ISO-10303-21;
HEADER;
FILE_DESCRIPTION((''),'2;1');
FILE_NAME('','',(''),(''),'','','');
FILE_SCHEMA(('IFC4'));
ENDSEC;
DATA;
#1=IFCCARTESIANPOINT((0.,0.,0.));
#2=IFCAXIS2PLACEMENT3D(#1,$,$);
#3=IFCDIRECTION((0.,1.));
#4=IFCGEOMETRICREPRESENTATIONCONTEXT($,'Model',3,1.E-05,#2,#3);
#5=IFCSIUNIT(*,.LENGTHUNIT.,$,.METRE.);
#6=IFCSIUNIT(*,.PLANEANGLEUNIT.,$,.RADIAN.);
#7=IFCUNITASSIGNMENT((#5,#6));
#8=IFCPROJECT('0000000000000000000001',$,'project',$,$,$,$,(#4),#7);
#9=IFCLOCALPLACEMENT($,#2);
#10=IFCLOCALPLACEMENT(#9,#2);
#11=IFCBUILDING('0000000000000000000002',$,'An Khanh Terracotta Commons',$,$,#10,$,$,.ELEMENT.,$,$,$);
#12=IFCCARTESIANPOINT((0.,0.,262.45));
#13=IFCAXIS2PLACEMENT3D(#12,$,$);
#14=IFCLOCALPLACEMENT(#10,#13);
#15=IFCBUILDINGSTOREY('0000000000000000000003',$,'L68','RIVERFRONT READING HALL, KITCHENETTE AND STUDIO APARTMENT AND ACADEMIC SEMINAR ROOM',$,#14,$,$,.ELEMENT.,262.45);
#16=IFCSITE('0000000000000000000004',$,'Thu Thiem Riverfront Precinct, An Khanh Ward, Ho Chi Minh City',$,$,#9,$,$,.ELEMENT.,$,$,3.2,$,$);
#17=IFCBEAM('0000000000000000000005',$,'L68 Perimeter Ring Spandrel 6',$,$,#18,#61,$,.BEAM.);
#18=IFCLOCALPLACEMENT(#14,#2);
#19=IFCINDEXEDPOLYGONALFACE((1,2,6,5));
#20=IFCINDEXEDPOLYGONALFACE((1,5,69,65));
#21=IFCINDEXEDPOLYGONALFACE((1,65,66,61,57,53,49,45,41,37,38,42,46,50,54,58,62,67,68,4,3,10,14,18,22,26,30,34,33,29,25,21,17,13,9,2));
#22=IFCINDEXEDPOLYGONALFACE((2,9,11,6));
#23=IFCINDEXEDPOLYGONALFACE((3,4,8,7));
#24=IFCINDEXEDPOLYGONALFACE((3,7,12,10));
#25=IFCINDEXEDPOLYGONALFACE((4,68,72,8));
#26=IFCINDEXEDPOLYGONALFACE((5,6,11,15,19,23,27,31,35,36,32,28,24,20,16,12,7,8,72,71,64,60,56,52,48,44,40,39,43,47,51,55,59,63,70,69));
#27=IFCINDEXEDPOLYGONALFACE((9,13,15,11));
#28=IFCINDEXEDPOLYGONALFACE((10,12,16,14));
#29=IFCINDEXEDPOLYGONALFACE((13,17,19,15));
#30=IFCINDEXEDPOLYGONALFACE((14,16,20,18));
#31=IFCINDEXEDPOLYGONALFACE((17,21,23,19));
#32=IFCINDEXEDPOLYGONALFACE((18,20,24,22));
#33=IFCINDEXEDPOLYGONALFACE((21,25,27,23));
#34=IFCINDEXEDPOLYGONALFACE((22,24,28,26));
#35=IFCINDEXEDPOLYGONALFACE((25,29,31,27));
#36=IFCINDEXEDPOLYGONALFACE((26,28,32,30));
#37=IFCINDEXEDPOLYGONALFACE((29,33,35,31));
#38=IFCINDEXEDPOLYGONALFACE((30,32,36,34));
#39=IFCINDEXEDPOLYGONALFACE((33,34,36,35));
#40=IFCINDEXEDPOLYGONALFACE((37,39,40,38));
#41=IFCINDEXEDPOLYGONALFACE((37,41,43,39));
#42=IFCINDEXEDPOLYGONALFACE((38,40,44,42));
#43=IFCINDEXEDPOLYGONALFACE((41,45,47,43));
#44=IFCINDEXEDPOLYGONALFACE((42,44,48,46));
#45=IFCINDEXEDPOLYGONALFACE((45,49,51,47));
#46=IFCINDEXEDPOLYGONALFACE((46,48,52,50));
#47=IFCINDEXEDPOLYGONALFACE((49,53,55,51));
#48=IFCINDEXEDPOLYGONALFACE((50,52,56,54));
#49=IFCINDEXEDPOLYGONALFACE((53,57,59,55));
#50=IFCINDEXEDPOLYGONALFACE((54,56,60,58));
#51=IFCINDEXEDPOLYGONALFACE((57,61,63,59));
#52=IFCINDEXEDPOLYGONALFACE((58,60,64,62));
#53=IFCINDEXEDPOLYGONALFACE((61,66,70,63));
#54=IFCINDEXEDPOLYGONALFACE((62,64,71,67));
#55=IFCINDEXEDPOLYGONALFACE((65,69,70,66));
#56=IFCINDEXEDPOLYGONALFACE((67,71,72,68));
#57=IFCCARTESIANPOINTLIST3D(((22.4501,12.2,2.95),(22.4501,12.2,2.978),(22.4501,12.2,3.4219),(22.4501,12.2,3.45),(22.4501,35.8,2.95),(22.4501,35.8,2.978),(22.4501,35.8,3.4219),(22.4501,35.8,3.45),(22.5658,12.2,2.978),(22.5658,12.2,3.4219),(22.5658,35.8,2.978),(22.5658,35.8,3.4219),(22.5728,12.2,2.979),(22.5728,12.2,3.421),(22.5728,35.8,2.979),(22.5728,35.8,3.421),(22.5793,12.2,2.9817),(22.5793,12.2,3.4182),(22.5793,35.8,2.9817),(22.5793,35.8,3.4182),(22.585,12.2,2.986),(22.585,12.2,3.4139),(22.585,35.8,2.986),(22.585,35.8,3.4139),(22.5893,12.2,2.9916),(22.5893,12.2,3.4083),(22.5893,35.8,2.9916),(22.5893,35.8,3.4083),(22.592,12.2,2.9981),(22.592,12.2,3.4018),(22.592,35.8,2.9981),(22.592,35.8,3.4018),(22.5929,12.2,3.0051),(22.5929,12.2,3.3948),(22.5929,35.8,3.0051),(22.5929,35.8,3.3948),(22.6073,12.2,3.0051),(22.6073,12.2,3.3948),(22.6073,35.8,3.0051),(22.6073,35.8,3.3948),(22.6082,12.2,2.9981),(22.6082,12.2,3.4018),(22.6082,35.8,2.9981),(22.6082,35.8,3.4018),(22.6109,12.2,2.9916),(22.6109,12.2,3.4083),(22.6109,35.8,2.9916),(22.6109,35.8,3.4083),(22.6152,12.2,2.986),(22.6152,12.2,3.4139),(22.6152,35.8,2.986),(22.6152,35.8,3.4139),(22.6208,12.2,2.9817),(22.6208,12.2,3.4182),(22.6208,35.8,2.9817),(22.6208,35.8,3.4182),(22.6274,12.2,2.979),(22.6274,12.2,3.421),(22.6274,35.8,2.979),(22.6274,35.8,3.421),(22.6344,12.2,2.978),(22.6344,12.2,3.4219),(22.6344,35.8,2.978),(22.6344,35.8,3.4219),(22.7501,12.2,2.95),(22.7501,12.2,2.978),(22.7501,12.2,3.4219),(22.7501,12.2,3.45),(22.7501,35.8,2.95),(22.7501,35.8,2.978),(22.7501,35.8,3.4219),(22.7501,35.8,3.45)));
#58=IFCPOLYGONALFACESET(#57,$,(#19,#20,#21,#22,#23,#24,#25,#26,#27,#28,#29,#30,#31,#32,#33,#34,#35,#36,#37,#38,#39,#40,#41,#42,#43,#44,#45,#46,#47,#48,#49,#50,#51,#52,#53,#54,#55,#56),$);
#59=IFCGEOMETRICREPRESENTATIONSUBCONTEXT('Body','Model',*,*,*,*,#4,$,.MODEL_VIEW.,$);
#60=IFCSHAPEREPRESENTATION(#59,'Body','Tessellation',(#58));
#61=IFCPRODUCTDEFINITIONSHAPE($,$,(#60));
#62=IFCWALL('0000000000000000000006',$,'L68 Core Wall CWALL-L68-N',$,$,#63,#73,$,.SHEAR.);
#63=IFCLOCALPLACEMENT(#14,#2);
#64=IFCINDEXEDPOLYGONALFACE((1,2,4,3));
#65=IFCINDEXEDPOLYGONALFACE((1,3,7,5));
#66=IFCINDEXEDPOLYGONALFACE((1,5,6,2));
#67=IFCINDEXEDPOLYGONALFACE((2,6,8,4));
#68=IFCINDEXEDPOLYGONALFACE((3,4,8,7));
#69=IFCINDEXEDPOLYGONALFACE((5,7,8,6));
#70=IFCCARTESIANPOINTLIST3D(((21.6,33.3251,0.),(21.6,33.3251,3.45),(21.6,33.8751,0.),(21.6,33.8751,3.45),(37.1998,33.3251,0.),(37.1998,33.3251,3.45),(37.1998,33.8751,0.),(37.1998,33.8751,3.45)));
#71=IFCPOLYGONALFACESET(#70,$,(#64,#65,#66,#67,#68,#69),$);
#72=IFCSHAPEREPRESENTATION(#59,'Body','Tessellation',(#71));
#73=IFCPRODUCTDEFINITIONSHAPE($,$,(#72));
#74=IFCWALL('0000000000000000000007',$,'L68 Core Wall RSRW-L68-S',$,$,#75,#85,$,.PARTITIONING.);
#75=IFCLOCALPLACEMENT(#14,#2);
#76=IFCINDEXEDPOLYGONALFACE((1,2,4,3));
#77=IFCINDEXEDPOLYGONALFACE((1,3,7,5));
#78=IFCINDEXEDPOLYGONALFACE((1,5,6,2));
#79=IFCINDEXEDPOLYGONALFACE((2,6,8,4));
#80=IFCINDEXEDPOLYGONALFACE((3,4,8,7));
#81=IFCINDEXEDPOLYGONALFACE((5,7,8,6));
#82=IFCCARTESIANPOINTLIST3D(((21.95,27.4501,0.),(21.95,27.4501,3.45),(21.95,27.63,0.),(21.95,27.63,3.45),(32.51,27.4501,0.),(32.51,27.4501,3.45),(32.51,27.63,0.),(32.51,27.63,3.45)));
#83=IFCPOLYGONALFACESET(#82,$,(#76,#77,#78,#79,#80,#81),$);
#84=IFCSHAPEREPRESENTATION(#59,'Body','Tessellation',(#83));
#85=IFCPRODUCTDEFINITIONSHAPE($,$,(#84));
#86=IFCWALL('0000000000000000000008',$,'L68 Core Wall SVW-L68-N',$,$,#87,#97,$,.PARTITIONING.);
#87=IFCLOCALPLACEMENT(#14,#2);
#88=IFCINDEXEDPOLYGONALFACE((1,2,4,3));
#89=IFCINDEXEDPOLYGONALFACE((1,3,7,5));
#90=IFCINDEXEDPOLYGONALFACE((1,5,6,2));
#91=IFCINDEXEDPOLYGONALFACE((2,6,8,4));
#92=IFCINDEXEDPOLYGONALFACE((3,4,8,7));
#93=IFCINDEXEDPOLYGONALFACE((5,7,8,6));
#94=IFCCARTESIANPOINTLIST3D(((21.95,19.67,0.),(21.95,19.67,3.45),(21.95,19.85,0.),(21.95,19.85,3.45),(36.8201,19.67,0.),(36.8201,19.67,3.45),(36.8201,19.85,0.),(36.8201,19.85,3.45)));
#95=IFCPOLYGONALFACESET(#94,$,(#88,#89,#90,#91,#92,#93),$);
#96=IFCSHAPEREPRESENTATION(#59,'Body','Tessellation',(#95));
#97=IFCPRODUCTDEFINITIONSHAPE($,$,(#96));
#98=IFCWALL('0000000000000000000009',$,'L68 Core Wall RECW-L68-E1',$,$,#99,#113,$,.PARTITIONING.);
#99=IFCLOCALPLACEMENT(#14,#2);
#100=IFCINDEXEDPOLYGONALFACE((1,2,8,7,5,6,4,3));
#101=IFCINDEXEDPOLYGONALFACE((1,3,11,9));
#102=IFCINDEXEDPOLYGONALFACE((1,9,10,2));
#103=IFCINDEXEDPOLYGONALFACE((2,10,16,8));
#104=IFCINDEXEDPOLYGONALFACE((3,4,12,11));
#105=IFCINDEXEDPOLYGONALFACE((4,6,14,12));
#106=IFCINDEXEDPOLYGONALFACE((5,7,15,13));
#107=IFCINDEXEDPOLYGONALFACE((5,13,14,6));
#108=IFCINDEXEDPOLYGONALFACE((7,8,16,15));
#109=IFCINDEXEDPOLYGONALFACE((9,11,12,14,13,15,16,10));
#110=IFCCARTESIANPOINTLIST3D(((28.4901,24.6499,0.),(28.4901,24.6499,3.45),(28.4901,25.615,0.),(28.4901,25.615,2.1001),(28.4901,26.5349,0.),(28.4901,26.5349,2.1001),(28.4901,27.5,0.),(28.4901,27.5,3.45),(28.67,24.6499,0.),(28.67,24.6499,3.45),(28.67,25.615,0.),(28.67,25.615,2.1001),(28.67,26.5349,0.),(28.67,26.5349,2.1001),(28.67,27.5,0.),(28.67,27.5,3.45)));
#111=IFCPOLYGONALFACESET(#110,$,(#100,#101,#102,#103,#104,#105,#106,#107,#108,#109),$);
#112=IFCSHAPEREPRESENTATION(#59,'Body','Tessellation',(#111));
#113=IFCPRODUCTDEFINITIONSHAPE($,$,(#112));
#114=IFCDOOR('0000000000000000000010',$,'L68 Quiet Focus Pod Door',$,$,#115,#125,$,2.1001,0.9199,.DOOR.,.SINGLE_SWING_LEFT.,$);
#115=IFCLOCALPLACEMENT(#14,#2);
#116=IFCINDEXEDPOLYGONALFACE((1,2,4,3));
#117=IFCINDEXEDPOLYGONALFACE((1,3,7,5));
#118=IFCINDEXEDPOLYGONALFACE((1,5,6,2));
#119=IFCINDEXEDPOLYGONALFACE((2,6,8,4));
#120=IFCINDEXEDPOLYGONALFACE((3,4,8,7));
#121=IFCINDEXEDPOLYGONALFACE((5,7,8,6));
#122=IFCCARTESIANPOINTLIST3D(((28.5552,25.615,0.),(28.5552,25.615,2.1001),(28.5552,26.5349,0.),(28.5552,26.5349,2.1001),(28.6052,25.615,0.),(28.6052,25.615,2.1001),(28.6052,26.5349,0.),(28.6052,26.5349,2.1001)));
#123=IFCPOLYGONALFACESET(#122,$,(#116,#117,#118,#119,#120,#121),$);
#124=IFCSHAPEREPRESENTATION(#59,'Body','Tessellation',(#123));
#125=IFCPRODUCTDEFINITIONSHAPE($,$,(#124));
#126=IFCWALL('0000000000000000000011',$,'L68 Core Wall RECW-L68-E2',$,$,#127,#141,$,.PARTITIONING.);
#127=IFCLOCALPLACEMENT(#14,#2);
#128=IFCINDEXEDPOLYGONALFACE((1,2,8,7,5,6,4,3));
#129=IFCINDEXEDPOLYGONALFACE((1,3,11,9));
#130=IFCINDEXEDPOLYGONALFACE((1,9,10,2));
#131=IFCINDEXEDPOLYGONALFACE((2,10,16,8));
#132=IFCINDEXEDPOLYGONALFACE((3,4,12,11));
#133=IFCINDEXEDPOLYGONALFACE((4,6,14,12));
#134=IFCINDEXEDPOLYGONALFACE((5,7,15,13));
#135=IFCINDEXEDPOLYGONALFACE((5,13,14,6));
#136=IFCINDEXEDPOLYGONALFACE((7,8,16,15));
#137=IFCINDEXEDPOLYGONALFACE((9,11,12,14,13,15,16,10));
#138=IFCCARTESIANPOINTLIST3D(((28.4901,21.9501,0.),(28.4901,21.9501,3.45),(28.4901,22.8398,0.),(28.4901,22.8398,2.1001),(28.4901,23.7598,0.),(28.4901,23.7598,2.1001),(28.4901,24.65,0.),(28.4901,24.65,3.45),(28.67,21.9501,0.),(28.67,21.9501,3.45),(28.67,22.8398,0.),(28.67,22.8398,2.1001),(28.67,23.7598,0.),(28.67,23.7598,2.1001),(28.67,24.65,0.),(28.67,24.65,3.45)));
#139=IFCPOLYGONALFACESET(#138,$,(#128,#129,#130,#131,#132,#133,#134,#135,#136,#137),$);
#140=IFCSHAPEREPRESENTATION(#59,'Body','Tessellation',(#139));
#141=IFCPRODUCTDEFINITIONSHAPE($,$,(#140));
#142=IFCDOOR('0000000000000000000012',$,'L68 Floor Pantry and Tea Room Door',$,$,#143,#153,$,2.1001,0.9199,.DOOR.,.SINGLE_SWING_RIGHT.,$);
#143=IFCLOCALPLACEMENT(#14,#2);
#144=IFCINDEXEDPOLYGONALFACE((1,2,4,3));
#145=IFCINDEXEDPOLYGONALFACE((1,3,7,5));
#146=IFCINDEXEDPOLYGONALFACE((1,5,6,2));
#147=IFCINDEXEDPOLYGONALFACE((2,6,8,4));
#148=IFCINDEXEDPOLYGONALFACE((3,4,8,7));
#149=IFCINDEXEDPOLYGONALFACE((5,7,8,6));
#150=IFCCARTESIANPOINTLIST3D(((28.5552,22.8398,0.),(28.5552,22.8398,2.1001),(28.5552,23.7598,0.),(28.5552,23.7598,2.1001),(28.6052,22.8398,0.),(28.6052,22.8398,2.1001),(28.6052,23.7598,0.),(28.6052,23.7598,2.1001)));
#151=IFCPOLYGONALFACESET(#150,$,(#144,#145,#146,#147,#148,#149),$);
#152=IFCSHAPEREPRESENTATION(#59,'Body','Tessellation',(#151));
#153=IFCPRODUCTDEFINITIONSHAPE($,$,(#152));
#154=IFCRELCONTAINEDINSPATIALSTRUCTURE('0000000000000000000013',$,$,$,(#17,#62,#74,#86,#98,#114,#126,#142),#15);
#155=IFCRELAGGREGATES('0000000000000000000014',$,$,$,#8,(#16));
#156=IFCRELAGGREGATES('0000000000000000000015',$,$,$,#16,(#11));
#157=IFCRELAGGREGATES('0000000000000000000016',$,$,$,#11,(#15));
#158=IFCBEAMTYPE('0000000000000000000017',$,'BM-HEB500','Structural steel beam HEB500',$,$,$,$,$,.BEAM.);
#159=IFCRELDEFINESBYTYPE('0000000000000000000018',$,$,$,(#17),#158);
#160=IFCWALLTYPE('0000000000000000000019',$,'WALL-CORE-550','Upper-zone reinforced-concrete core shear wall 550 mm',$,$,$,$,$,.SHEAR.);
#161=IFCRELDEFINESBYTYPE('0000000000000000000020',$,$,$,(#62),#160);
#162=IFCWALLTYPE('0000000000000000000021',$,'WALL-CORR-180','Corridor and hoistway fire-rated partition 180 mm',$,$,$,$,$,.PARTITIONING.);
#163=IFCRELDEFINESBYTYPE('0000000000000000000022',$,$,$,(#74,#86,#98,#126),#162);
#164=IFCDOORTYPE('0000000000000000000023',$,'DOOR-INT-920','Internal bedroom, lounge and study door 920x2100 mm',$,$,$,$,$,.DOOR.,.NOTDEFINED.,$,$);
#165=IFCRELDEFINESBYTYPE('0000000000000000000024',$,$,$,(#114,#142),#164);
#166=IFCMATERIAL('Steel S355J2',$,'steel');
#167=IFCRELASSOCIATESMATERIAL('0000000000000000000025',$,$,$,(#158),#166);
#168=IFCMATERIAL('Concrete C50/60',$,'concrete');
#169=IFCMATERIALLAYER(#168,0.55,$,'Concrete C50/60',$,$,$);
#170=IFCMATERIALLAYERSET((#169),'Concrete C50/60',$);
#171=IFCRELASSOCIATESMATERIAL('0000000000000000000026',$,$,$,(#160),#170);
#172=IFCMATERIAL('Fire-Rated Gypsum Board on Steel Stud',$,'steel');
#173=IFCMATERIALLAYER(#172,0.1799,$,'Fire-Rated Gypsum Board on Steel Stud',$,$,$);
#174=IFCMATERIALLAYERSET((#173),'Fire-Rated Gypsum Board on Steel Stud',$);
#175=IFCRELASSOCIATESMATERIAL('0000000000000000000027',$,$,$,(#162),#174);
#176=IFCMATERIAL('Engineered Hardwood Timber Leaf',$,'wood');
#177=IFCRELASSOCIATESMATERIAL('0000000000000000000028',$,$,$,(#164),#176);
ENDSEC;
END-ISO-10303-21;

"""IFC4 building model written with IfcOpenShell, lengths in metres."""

from ifc_helpers import new_model, si_unit, direction, frame, frame_2d, origin, origin_2d, place, context, subcontext, project, spatial, rectangle, i_section, extrude, material, layer, layer_set, material_profile, profile_set, type_object, element, fill, save


model = new_model("IFC4")

# Units and contexts
model_context = context("Model", 3, precision=1e-05, world=origin(), true_north=direction((0.0, 1.0)))
body_context = subcontext(model_context, "Body", "Model", "MODEL_VIEW")
ifc_project = project(units=[si_unit("LENGTHUNIT", "METRE"), si_unit("PLANEANGLEUNIT", "RADIAN")], contexts=[model_context])

# Site, building, storey
site_placement = place(None, origin())
site = spatial("IfcSite", under=ifc_project, at=site_placement, Name="Thu Thiem Riverfront Precinct, An Khanh Ward, Ho Chi Minh City", CompositionType="ELEMENT", RefElevation=3.2)
building_placement = place(site_placement, origin())
building = spatial("IfcBuilding", under=site, at=building_placement, Name="An Khanh Terracotta Commons", CompositionType="ELEMENT")
storey_placement = place(building_placement, frame((0.0, 0.0, 262.45)))
storey = spatial("IfcBuildingStorey", under=building, at=storey_placement, Name="L68", Description="RIVERFRONT READING HALL, KITCHENETTE AND STUDIO APARTMENT AND ACADEMIC SEMINAR ROOM", CompositionType="ELEMENT", Elevation=262.45)

# Shared definitions
ifc_material_1 = material(Name="Concrete C50/60", Category="concrete")

# Beam
ifc_material_2 = material(Name="Steel S355J2", Category="steel")
ifc_material_profile_1 = material_profile(ifc_material_2, i_section(OverallWidth=0.3, OverallDepth=0.5, WebThickness=0.0144, FlangeThickness=0.0281, FilletRadius=0.0271, at=origin_2d()), Name="HEB500")
ifc_profile_set_1 = profile_set([ifc_material_profile_1], Name="Steel S355J2")
beam_type_1 = type_object("IfcBeamType", Name="BM-HEB500", Description="Structural steel beam HEB500", PredefinedType="BEAM", material=ifc_profile_set_1)
beam_1_placement = place(storey_placement, frame((22.6001, 35.8, 3.2), z_axis=(0.0, -1.0, 0.0), x_axis=(1.0, 0.0, 0.0)))
element("IfcBeam", 1, at=beam_1_placement, inside=storey, type_object=beam_type_1, Name="L68 Perimeter Ring Spandrel 6", PredefinedType="BEAM", context=body_context, shape_type="SweptSolid", body=[
    extrude(i_section(OverallWidth=0.3, OverallDepth=0.5, WebThickness=0.0144, FlangeThickness=0.0281, FilletRadius=0.0271, at=origin_2d()), origin(), (0.0, 0.0, 1.0), 23.6001),
])

# Walls
ifc_layer_1 = layer(ifc_material_1, 0.55, Name="Concrete C50/60")
ifc_layer_set_1 = layer_set([ifc_layer_1], Name="Concrete C50/60")
wall_type_1 = type_object("IfcWallType", Name="WALL-CORE-550", Description="Upper-zone reinforced-concrete core shear wall 550 mm", PredefinedType="SHEAR", material=ifc_layer_set_1)
wall_1_placement = place(storey_placement, frame((21.6001, 33.6001, 0.0), z_axis=(0.0, 0.0, 1.0), x_axis=(1.0, 0.0, 0.0)))
element("IfcWall", 2, at=wall_1_placement, inside=storey, type_object=wall_type_1, Name="L68 Core Wall CWALL-L68-N", PredefinedType="SHEAR", context=body_context, shape_type="SweptSolid", body=[
    extrude(rectangle(XDim=15.5999, YDim=0.55, at=frame_2d((7.7998, 0.0))), origin(), (0.0, 0.0, 1.0), 3.45),
])
ifc_material_3 = material(Name="Fire-Rated Gypsum Board on Steel Stud", Category="steel")
ifc_layer_2 = layer(ifc_material_3, 0.1799, Name="Fire-Rated Gypsum Board on Steel Stud")
ifc_layer_set_2 = layer_set([ifc_layer_2], Name="Fire-Rated Gypsum Board on Steel Stud")
wall_type_2 = type_object("IfcWallType", Name="WALL-CORR-180", Description="Corridor and hoistway fire-rated partition 180 mm", PredefinedType="PARTITIONING", material=ifc_layer_set_2)
wall_2_placement = place(storey_placement, frame((21.95, 27.54, 0.0), z_axis=(0.0, 0.0, 1.0), x_axis=(1.0, 0.0, 0.0)))
element("IfcWall", 3, at=wall_2_placement, inside=storey, type_object=wall_type_2, Name="L68 Core Wall RSRW-L68-S", PredefinedType="PARTITIONING", context=body_context, shape_type="SweptSolid", body=[
    extrude(rectangle(XDim=10.5601, YDim=0.1799, at=frame_2d((5.28, 0.0))), origin(), (0.0, 0.0, 1.0), 3.45),
])
wall_3_placement = place(storey_placement, frame((21.95, 19.76, 0.0), z_axis=(0.0, 0.0, 1.0), x_axis=(1.0, 0.0, 0.0)))
element("IfcWall", 4, at=wall_3_placement, inside=storey, type_object=wall_type_2, Name="L68 Core Wall SVW-L68-N", PredefinedType="PARTITIONING", context=body_context, shape_type="SweptSolid", body=[
    extrude(rectangle(XDim=14.8701, YDim=0.1799, at=frame_2d((7.4351, 0.0))), origin(), (0.0, 0.0, 1.0), 3.45),
])

# Walls, openings, doors
wall_4_placement = place(storey_placement, frame((28.5801, 24.6499, 0.0), z_axis=(0.0, 0.0, 1.0), x_axis=(0.0, 1.0, 0.0)))
wall_4 = element("IfcWall", 5, at=wall_4_placement, inside=storey, type_object=wall_type_2, Name="L68 Core Wall RECW-L68-E1", PredefinedType="PARTITIONING", context=body_context, shape_type="SweptSolid", body=[
    extrude(rectangle(XDim=2.8501, YDim=0.1799, at=frame_2d((1.425, 0.0))), origin(), (0.0, 0.0, 1.0), 3.45),
])
opening_1_placement = place(wall_4_placement, frame((0.9651, 0.0, 0.0)))
opening_1 = element("IfcOpeningElement", 6, at=opening_1_placement, cuts=wall_4, PredefinedType="OPENING", context=body_context, shape_type="SweptSolid", body=[
    extrude(rectangle(XDim=0.9199, YDim=2.1001, at=frame_2d((0.46, 1.05))), frame((0.0, 0.0999, 0.0), z_axis=(0.0, -1.0, 0.0), x_axis=(1.0, 0.0, 0.0)), (0.0, 0.0, 1.0), 0.2),
])
ifc_material_4 = material(Name="Engineered Hardwood Timber Leaf", Category="wood")
door_type = type_object("IfcDoorType", Name="DOOR-INT-920", Description="Internal bedroom, lounge and study door 920x2100 mm", OperationType="NOTDEFINED", PredefinedType="DOOR", material=ifc_material_4)
door_1_placement = place(opening_1_placement, origin())
door_1 = element("IfcDoor", 7, at=door_1_placement, inside=storey, type_object=door_type, Name="L68 Quiet Focus Pod Door", OperationType="SINGLE_SWING_LEFT", OverallHeight=2.1001, OverallWidth=0.9199, PredefinedType="DOOR", context=body_context, shape_type="SweptSolid", body=[
    extrude(rectangle(XDim=0.9199, YDim=2.1001, at=frame_2d((0.46, 1.05))), frame((0.0, 0.0249, 0.0), z_axis=(0.0, -1.0, 0.0), x_axis=(1.0, 0.0, 0.0)), (0.0, 0.0, 1.0), 0.05),
])
fill(opening_1, door_1)
wall_5_placement = place(storey_placement, frame((28.5801, 21.95, 0.0), z_axis=(0.0, 0.0, 1.0), x_axis=(0.0, 1.0, 0.0)))
wall_5 = element("IfcWall", 8, at=wall_5_placement, inside=storey, type_object=wall_type_2, Name="L68 Core Wall RECW-L68-E2", PredefinedType="PARTITIONING", context=body_context, shape_type="SweptSolid", body=[
    extrude(rectangle(XDim=2.7, YDim=0.1799, at=frame_2d((1.3501, 0.0))), origin(), (0.0, 0.0, 1.0), 3.45),
])
opening_2_placement = place(wall_5_placement, frame((0.8899, 0.0, 0.0)))
opening_2 = element("IfcOpeningElement", 9, at=opening_2_placement, cuts=wall_5, PredefinedType="OPENING", context=body_context, shape_type="SweptSolid", body=[
    extrude(rectangle(XDim=0.9199, YDim=2.1001, at=frame_2d((0.46, 1.05))), frame((0.0, 0.0999, 0.0), z_axis=(0.0, -1.0, 0.0), x_axis=(1.0, 0.0, 0.0)), (0.0, 0.0, 1.0), 0.2),
])
door_2_placement = place(opening_2_placement, origin())
door_2 = element("IfcDoor", 10, at=door_2_placement, inside=storey, type_object=door_type, Name="L68 Floor Pantry and Tea Room Door", OperationType="SINGLE_SWING_RIGHT", OverallHeight=2.1001, OverallWidth=0.9199, PredefinedType="DOOR", context=body_context, shape_type="SweptSolid", body=[
    extrude(rectangle(XDim=0.9199, YDim=2.1001, at=frame_2d((0.46, 1.05))), frame((0.0, 0.0249, 0.0), z_axis=(0.0, -1.0, 0.0), x_axis=(1.0, 0.0, 0.0)), (0.0, 0.0, 1.0), 0.05),
])
fill(opening_2, door_2)

save(model, "model.ifc")
